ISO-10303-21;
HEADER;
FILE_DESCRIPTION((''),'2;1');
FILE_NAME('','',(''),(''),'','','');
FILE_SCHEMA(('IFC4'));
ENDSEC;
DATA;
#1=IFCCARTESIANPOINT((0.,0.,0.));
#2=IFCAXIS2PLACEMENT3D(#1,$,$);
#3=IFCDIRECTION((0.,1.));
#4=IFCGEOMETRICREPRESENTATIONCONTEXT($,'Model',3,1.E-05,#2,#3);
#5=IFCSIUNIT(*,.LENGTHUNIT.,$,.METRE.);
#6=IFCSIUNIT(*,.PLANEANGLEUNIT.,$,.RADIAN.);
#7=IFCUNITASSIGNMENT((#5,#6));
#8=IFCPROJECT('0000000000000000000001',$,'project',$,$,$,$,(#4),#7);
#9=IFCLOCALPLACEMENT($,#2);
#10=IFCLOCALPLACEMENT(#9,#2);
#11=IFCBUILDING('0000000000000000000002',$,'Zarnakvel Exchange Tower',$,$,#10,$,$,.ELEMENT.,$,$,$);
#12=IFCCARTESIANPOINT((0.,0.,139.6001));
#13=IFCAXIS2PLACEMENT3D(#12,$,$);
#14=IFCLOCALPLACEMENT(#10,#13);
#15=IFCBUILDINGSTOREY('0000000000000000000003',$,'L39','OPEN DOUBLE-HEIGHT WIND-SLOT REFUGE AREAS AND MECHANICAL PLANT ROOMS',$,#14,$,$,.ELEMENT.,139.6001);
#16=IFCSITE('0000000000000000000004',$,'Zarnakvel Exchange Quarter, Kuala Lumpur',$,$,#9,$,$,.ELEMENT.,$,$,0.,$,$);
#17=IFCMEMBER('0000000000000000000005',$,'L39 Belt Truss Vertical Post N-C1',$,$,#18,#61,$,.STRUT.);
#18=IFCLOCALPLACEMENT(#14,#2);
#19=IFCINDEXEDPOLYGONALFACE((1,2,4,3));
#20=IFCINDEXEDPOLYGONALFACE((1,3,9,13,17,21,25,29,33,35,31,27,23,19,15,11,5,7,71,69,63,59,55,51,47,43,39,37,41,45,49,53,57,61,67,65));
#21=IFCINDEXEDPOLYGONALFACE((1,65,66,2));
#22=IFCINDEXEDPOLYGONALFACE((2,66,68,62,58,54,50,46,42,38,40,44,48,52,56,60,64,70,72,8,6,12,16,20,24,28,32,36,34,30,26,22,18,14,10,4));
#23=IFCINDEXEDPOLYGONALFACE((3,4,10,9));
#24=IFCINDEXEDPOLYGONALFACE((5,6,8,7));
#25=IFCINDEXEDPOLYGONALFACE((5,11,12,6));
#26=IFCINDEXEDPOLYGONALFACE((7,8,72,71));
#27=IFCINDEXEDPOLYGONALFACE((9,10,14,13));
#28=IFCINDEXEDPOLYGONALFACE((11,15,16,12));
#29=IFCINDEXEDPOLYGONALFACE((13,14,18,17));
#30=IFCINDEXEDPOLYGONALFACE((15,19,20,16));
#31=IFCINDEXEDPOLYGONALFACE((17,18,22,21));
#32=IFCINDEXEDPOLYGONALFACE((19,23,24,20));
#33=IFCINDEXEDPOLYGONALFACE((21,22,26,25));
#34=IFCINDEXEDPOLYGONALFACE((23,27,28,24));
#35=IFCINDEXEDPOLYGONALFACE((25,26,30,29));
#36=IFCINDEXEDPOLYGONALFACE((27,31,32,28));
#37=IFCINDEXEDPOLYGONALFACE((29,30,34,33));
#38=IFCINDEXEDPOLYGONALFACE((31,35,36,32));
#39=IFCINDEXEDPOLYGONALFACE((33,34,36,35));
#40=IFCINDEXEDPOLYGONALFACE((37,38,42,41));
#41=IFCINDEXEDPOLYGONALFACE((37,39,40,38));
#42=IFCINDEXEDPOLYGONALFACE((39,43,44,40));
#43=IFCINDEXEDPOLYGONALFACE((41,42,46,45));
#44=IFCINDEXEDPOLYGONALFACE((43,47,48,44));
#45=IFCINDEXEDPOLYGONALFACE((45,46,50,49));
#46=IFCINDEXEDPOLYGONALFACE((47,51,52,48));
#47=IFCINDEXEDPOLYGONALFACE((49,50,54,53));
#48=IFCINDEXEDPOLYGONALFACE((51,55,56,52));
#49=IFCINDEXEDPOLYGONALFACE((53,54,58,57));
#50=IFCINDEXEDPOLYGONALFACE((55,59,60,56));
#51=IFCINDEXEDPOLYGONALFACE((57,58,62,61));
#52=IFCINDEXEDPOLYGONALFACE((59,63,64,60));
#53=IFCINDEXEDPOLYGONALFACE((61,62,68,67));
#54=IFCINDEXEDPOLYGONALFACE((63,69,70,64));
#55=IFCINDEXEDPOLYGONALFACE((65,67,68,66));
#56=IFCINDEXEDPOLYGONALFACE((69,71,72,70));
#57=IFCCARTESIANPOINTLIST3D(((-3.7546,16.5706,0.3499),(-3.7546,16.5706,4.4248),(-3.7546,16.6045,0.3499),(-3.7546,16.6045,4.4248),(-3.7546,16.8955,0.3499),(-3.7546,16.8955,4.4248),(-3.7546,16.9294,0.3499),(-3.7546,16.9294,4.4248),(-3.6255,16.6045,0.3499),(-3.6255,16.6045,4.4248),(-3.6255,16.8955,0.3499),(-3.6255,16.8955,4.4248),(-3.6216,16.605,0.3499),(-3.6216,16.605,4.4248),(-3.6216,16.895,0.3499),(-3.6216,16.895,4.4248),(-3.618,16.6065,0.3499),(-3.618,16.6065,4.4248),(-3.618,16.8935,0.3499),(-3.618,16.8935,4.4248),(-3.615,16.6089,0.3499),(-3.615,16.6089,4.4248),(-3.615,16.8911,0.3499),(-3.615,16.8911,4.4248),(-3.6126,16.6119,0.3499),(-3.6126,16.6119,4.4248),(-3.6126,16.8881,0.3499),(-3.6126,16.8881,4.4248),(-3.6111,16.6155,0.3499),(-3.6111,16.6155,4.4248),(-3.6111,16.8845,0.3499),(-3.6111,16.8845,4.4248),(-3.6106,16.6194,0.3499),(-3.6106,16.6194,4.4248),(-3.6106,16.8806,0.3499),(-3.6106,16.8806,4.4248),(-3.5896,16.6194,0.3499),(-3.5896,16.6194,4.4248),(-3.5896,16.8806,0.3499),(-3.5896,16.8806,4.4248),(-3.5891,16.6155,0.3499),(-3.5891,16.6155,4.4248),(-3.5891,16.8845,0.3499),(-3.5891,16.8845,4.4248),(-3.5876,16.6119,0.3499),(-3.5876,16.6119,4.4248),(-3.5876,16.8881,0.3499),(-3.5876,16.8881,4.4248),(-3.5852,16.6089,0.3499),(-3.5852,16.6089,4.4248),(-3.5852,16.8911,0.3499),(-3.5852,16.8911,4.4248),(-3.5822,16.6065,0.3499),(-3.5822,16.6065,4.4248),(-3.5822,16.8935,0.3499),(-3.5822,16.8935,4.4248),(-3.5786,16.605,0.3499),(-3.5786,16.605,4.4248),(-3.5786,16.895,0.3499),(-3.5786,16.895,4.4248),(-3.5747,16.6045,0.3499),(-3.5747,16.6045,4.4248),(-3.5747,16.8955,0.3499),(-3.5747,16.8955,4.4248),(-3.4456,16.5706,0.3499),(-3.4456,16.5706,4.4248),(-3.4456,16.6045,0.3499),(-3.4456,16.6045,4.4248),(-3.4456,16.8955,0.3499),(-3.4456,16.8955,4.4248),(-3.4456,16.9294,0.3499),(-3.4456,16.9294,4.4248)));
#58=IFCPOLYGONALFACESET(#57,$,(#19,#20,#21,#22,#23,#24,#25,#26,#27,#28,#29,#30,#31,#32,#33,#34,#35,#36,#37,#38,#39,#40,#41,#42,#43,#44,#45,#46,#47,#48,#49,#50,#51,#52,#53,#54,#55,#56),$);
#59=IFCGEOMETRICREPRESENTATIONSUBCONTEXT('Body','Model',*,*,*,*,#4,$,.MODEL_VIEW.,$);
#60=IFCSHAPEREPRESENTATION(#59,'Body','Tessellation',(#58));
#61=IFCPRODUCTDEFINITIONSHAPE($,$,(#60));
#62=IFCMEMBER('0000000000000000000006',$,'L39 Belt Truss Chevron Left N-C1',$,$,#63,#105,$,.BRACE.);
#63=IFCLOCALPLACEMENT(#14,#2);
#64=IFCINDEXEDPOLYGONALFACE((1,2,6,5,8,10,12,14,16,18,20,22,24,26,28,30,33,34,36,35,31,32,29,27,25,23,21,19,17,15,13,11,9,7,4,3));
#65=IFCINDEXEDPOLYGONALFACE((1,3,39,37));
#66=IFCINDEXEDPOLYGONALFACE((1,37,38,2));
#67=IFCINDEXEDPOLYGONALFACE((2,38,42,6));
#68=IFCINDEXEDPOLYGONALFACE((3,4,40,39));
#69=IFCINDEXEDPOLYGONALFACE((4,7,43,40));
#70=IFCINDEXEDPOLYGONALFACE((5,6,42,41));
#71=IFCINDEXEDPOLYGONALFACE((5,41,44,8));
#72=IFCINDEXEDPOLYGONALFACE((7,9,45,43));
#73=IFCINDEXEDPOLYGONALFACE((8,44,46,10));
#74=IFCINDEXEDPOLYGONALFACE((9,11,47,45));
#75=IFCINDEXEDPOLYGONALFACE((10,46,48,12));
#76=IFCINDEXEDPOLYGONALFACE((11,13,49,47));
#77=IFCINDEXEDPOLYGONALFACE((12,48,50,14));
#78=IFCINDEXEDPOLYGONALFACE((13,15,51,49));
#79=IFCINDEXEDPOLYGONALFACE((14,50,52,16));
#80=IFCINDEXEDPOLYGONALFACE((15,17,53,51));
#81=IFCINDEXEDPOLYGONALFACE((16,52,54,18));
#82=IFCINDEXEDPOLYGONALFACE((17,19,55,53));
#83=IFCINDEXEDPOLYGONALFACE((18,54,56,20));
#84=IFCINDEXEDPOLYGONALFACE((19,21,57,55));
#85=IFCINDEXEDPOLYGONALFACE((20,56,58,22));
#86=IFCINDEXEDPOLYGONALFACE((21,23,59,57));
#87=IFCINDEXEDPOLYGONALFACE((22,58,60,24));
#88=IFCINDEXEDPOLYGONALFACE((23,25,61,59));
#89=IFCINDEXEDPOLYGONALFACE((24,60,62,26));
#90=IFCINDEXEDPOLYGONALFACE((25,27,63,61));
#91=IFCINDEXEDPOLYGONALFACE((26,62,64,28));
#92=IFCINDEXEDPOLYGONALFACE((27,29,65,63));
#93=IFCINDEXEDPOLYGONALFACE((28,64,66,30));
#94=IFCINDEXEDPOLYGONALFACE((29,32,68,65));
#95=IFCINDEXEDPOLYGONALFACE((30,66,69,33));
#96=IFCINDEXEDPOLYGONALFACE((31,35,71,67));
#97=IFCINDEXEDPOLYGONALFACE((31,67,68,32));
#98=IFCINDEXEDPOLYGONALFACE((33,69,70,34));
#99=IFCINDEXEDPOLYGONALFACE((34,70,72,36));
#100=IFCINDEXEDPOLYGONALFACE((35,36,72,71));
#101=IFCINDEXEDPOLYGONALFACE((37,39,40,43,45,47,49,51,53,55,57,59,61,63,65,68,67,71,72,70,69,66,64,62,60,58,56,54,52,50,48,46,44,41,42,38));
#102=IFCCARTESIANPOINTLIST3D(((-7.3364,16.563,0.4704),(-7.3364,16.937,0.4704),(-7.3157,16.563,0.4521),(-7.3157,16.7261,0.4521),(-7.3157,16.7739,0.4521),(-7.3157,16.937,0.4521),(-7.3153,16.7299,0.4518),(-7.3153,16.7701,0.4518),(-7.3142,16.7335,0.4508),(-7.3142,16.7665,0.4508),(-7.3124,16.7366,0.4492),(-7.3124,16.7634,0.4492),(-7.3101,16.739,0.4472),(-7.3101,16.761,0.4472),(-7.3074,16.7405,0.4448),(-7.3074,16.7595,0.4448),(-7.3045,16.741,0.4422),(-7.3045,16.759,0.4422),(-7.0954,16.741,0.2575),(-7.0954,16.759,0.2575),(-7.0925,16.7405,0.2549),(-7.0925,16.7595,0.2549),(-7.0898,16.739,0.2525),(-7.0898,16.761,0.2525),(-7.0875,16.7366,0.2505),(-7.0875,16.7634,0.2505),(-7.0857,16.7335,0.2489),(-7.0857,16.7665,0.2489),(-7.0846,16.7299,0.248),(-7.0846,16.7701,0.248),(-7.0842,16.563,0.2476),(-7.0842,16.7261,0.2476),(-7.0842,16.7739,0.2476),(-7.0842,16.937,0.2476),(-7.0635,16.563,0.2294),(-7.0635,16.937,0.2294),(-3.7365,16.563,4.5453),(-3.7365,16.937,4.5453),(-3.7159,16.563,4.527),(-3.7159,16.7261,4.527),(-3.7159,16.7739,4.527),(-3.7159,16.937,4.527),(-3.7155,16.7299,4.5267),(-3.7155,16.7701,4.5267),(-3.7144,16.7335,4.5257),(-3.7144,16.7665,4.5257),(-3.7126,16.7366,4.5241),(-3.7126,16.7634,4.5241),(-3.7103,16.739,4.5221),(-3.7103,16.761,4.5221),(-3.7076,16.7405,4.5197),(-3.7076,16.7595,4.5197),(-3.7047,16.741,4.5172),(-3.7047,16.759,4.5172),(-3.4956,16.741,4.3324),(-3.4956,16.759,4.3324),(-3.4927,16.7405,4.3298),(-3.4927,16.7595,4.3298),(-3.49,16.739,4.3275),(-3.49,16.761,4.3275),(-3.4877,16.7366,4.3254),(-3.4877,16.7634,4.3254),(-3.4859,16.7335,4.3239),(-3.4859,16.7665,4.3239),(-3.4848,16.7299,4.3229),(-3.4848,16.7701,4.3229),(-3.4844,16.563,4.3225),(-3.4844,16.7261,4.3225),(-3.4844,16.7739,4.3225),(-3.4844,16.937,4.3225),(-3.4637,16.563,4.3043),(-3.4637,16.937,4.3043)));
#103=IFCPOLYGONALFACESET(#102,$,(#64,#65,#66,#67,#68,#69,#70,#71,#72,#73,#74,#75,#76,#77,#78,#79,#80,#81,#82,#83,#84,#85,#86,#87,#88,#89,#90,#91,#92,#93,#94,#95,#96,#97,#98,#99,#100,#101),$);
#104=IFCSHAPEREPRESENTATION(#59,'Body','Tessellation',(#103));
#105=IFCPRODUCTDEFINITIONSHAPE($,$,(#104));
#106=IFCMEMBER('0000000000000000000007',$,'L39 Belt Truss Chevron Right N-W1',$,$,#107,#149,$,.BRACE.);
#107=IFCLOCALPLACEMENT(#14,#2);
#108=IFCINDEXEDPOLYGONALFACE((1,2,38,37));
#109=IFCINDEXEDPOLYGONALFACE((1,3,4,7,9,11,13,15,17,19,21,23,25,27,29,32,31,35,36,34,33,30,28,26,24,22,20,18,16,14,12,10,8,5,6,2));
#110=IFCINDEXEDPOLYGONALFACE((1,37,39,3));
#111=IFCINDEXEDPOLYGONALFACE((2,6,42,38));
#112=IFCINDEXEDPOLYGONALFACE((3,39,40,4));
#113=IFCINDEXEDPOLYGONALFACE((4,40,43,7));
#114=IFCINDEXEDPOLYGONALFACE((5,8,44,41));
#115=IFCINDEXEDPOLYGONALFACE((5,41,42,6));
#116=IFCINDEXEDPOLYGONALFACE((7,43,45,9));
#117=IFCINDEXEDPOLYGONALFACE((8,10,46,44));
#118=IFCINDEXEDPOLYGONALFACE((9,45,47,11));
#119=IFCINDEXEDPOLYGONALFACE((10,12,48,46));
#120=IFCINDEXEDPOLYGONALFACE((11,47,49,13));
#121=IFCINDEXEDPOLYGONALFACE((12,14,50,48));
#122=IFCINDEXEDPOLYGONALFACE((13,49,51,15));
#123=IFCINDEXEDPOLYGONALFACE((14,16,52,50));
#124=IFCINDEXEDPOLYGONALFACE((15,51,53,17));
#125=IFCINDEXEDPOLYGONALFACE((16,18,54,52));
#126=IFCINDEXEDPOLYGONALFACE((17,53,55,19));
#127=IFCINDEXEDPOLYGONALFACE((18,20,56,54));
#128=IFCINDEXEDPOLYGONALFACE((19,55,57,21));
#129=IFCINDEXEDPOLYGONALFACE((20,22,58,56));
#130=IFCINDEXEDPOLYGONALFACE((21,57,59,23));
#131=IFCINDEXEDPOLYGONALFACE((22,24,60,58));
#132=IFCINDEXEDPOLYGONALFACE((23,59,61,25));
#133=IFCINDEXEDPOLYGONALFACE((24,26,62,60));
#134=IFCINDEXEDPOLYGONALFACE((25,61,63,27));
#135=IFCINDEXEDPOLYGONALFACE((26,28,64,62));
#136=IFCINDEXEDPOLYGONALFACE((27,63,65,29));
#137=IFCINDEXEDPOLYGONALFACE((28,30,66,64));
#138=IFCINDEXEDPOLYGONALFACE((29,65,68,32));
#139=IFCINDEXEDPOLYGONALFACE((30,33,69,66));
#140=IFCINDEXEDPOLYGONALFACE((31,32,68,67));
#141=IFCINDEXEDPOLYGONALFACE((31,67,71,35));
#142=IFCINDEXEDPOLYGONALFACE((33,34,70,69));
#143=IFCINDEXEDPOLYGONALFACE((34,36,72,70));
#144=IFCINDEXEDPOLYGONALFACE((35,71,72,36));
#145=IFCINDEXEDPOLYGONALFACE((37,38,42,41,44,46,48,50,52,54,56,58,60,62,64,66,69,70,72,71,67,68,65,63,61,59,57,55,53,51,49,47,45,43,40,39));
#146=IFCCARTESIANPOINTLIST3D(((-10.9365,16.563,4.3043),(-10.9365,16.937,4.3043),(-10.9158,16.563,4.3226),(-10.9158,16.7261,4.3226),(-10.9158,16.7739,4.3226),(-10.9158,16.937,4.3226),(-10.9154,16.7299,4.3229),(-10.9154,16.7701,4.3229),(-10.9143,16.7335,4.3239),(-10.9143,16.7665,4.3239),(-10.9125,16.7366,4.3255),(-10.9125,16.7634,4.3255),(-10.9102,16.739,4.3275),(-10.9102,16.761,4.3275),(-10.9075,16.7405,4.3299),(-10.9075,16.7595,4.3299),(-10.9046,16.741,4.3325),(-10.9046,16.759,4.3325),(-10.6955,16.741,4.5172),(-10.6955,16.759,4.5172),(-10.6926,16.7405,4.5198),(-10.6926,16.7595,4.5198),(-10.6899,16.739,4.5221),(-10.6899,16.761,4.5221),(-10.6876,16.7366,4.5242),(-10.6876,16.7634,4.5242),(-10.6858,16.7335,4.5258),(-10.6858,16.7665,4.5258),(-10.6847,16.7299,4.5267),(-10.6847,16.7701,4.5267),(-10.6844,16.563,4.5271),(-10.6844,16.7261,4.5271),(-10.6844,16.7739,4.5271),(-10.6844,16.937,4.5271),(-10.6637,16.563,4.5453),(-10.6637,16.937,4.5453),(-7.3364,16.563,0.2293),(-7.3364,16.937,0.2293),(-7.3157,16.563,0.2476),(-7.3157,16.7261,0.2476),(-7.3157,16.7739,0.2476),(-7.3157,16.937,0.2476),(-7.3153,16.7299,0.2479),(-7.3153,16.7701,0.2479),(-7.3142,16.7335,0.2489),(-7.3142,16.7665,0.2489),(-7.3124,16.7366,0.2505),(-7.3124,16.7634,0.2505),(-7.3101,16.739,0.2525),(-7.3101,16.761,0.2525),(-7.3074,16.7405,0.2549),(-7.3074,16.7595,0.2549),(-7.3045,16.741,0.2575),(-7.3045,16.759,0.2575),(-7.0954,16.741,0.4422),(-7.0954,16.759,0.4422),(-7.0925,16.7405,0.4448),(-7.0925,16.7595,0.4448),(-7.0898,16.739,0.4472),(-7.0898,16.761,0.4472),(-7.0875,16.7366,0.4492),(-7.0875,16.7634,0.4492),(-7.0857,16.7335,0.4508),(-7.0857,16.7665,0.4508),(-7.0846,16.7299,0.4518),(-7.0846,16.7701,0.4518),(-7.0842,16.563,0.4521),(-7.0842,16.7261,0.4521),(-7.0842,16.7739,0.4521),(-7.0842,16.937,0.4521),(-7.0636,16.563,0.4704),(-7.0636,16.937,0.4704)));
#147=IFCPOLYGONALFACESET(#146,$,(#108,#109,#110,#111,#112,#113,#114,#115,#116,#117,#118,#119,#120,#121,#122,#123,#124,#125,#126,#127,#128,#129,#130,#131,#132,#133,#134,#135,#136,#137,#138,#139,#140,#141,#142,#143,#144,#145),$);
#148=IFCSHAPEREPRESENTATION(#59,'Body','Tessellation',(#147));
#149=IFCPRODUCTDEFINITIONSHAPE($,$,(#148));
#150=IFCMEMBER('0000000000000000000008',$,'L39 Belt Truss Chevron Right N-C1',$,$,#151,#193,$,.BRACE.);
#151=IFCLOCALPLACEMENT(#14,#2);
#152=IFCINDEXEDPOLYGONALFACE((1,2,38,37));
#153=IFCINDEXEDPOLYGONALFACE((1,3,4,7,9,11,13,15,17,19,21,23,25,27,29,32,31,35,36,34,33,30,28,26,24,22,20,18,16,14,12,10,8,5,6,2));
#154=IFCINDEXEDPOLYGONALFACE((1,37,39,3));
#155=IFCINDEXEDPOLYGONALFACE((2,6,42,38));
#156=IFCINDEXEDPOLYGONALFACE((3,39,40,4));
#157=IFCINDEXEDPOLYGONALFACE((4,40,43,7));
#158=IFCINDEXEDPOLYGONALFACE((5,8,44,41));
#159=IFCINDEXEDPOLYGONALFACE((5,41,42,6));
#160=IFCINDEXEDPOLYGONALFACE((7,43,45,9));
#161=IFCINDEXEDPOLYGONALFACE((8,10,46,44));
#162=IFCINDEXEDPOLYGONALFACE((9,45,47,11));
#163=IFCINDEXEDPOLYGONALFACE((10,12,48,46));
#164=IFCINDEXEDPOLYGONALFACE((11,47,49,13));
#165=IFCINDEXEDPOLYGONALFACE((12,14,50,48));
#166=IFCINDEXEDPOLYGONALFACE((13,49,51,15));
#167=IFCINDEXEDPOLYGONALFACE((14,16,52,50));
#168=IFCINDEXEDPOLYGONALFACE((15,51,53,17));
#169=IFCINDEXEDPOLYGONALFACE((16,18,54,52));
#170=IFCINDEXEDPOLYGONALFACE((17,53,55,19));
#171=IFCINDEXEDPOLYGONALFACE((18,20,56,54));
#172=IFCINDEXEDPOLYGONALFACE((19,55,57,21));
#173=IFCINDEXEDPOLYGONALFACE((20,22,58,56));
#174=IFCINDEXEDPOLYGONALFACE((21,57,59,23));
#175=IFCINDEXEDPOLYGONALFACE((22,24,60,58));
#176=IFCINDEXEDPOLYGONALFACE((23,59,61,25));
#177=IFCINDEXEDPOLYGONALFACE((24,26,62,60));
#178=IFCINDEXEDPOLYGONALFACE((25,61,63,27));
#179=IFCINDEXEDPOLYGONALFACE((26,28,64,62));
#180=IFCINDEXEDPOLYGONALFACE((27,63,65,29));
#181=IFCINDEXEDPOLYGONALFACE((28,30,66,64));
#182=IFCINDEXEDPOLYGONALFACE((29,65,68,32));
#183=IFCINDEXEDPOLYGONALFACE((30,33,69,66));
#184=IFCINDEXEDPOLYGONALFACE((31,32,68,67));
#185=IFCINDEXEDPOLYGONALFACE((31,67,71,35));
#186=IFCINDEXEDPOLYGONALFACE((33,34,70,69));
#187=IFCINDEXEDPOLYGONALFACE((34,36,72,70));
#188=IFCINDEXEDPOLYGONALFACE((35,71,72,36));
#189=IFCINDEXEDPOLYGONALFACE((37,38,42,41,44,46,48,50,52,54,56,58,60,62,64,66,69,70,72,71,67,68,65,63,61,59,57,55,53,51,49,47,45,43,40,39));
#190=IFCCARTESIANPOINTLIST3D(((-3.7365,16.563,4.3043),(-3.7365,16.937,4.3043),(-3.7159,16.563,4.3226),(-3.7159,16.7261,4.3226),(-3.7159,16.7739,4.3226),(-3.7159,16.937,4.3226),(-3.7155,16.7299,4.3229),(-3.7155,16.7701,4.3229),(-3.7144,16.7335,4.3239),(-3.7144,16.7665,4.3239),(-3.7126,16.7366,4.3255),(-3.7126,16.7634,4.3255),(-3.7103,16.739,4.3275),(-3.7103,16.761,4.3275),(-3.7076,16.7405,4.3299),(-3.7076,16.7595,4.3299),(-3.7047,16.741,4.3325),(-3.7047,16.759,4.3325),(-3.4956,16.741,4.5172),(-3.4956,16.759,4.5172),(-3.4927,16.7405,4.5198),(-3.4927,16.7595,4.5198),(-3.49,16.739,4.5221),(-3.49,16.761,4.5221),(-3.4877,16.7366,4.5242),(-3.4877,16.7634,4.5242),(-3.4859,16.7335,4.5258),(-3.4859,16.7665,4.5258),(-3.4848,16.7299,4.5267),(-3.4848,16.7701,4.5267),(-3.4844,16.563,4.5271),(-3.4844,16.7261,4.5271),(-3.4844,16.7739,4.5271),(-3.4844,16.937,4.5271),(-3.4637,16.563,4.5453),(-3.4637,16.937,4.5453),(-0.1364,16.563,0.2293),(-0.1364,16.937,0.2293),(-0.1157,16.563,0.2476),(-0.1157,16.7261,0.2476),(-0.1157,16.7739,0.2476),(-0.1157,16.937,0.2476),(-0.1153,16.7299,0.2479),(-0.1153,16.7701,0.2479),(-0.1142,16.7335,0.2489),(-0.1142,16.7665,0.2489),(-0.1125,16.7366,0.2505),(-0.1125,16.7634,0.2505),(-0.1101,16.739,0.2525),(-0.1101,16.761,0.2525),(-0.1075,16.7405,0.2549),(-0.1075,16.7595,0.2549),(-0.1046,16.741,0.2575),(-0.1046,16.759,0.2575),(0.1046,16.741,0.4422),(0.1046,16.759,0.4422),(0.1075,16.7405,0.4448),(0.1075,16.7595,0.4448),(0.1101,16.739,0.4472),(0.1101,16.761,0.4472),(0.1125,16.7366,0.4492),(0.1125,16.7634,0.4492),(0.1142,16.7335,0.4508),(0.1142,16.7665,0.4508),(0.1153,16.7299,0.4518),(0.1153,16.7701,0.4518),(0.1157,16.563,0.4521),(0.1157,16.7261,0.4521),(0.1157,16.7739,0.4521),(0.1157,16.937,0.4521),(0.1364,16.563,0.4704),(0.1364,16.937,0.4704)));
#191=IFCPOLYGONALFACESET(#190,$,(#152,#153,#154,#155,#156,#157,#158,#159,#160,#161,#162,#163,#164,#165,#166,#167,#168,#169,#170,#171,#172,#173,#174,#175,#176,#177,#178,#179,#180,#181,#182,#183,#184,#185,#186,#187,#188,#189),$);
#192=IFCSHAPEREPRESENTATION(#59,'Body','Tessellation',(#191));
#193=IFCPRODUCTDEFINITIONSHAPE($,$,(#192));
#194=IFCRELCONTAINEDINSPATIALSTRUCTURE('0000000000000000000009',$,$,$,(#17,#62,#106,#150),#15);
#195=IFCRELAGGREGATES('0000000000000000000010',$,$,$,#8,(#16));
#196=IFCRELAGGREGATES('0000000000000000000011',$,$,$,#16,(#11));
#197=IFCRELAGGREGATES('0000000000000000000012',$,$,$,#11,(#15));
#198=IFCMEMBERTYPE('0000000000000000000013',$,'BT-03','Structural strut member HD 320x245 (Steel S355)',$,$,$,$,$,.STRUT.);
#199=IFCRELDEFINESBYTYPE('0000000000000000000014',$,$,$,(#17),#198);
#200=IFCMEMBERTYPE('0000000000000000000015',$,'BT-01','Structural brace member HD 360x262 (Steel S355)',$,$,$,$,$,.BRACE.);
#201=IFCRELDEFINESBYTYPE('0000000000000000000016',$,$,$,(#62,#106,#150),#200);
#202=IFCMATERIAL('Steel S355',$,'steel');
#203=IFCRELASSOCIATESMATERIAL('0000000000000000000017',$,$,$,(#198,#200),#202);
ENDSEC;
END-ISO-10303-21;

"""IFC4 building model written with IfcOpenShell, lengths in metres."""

from ifc_helpers import new_model, si_unit, direction, frame, origin, origin_2d, place, context, subcontext, project, spatial, i_section, extrude, source, transform, mapped, material, material_profile, profile_set, type_object, element, save


model = new_model("IFC4")

# Units and contexts
model_context = context("Model", 3, precision=1e-05, world=origin(), true_north=direction((0.0, 1.0)))
body_context = subcontext(model_context, "Body", "Model", "MODEL_VIEW")
ifc_project = project(units=[si_unit("LENGTHUNIT", "METRE"), si_unit("PLANEANGLEUNIT", "RADIAN")], contexts=[model_context])

# Site, building, storey
site_placement = place(None, origin())
site = spatial("IfcSite", under=ifc_project, at=site_placement, Name="Zarnakvel Exchange Quarter, Kuala Lumpur", CompositionType="ELEMENT", RefElevation=0.0)
building_placement = place(site_placement, origin())
building = spatial("IfcBuilding", under=site, at=building_placement, Name="Zarnakvel Exchange Tower", CompositionType="ELEMENT")
storey_placement = place(building_placement, frame((0.0, 0.0, 139.6001)))
storey = spatial("IfcBuildingStorey", under=building, at=storey_placement, Name="L39", Description="OPEN DOUBLE-HEIGHT WIND-SLOT REFUGE AREAS AND MECHANICAL PLANT ROOMS", CompositionType="ELEMENT", Elevation=139.6001)

# Shared definitions
ifc_material_1 = material(Name="Steel S355", Category="steel")

# Members
ifc_material_profile_1 = material_profile(ifc_material_1, i_section(OverallWidth=0.3091, OverallDepth=0.3589, WebThickness=0.021, FlangeThickness=0.0339, FilletRadius=0.0149, at=origin_2d()))
ifc_profile_set_1 = profile_set([ifc_material_profile_1], Name="Steel S355")
member_type_1 = type_object("IfcMemberType", Name="BT-03", Description="Structural strut member HD 320x245 (Steel S355)", PredefinedType="STRUT", material=ifc_profile_set_1)
shared_shape_1 = source(origin(), body_context, "Body", "SweptSolid", [
    extrude(i_section(OverallWidth=0.3091, OverallDepth=0.3589, WebThickness=0.021, FlangeThickness=0.0339, FilletRadius=0.0149, at=origin_2d()), origin(), (0.0, 0.0, 1.0), 4.075),
])
for number, where, z_axis, x_axis, name in (
    (1, (-3.6001, 16.75, 0.3499), (0.0, 0.0, 1.0), (1.0, 0.0, 0.0), "L39 Belt Truss Vertical Post N-C1"),
):
    element("IfcMember", number, at=place(storey_placement, frame(where, z_axis=z_axis, x_axis=x_axis)), inside=storey, type_object=member_type_1, Name=name, PredefinedType="STRUT", context=body_context, shape_type="MappedRepresentation", body=[
        mapped(shared_shape_1, transform((0.0, 0.0, 0.0), x_axis=(1.0, 0.0, 0.0), y_axis=(0.0, 1.0, 0.0), z_axis=(0.0, 0.0, 1.0), scale=1.0)),
    ])
ifc_material_profile_2 = material_profile(ifc_material_1, i_section(OverallWidth=0.374, OverallDepth=0.364, WebThickness=0.0181, FlangeThickness=0.0276, FilletRadius=0.0149, at=origin_2d()))
ifc_profile_set_2 = profile_set([ifc_material_profile_2], Name="Steel S355")
member_type_2 = type_object("IfcMemberType", Name="BT-01", Description="Structural brace member HD 360x262 (Steel S355)", PredefinedType="BRACE", material=ifc_profile_set_2)
shared_shape_2 = source(origin(), body_context, "Body", "SweptSolid", [
    extrude(i_section(OverallWidth=0.374, OverallDepth=0.364, WebThickness=0.0181, FlangeThickness=0.0276, FilletRadius=0.0149, at=origin_2d()), origin(), (0.0, 0.0, 1.0), 5.4373),
])
member_placement = place(storey_placement, frame((-7.2, 16.75, 0.3499), z_axis=(0.662067, 0.0, 0.749445), x_axis=(0.0, 1.0, 0.0)))
element("IfcMember", 2, at=member_placement, inside=storey, type_object=member_type_2, Name="L39 Belt Truss Chevron Left N-C1", PredefinedType="BRACE", context=body_context, shape_type="MappedRepresentation", body=[
    mapped(shared_shape_2, transform((0.0, 0.0, 0.0), x_axis=(1.0, 0.0, 0.0), y_axis=(0.0, 1.0, 0.0), z_axis=(0.0, 0.0, 1.0), scale=1.0)),
])
shared_shape_3 = source(origin(), body_context, "Body", "SweptSolid", [
    extrude(i_section(OverallWidth=0.374, OverallDepth=0.364, WebThickness=0.0181, FlangeThickness=0.0276, FilletRadius=0.0149, at=origin_2d()), origin(), (0.0, 0.0, 1.0), 5.4375),
])
for number, where, z_axis, x_axis, name in (
    (3, (-7.2, 16.75, 0.3499), (-0.662092, 0.0, 0.749422), (0.0, -1.0, 0.0), "L39 Belt Truss Chevron Right N-W1"),
    (4, (0.0, 16.75, 0.3499), (-0.662092, 0.0, 0.749422), (0.0, -1.0, 0.0), "L39 Belt Truss Chevron Right N-C1"),
):
    element("IfcMember", number, at=place(storey_placement, frame(where, z_axis=z_axis, x_axis=x_axis)), inside=storey, type_object=member_type_2, Name=name, PredefinedType="BRACE", context=body_context, shape_type="MappedRepresentation", body=[
        mapped(shared_shape_3, transform((0.0, 0.0, 0.0), x_axis=(1.0, 0.0, 0.0), y_axis=(0.0, 1.0, 0.0), z_axis=(0.0, 0.0, 1.0), scale=1.0)),
    ])

save(model, "model.ifc")
